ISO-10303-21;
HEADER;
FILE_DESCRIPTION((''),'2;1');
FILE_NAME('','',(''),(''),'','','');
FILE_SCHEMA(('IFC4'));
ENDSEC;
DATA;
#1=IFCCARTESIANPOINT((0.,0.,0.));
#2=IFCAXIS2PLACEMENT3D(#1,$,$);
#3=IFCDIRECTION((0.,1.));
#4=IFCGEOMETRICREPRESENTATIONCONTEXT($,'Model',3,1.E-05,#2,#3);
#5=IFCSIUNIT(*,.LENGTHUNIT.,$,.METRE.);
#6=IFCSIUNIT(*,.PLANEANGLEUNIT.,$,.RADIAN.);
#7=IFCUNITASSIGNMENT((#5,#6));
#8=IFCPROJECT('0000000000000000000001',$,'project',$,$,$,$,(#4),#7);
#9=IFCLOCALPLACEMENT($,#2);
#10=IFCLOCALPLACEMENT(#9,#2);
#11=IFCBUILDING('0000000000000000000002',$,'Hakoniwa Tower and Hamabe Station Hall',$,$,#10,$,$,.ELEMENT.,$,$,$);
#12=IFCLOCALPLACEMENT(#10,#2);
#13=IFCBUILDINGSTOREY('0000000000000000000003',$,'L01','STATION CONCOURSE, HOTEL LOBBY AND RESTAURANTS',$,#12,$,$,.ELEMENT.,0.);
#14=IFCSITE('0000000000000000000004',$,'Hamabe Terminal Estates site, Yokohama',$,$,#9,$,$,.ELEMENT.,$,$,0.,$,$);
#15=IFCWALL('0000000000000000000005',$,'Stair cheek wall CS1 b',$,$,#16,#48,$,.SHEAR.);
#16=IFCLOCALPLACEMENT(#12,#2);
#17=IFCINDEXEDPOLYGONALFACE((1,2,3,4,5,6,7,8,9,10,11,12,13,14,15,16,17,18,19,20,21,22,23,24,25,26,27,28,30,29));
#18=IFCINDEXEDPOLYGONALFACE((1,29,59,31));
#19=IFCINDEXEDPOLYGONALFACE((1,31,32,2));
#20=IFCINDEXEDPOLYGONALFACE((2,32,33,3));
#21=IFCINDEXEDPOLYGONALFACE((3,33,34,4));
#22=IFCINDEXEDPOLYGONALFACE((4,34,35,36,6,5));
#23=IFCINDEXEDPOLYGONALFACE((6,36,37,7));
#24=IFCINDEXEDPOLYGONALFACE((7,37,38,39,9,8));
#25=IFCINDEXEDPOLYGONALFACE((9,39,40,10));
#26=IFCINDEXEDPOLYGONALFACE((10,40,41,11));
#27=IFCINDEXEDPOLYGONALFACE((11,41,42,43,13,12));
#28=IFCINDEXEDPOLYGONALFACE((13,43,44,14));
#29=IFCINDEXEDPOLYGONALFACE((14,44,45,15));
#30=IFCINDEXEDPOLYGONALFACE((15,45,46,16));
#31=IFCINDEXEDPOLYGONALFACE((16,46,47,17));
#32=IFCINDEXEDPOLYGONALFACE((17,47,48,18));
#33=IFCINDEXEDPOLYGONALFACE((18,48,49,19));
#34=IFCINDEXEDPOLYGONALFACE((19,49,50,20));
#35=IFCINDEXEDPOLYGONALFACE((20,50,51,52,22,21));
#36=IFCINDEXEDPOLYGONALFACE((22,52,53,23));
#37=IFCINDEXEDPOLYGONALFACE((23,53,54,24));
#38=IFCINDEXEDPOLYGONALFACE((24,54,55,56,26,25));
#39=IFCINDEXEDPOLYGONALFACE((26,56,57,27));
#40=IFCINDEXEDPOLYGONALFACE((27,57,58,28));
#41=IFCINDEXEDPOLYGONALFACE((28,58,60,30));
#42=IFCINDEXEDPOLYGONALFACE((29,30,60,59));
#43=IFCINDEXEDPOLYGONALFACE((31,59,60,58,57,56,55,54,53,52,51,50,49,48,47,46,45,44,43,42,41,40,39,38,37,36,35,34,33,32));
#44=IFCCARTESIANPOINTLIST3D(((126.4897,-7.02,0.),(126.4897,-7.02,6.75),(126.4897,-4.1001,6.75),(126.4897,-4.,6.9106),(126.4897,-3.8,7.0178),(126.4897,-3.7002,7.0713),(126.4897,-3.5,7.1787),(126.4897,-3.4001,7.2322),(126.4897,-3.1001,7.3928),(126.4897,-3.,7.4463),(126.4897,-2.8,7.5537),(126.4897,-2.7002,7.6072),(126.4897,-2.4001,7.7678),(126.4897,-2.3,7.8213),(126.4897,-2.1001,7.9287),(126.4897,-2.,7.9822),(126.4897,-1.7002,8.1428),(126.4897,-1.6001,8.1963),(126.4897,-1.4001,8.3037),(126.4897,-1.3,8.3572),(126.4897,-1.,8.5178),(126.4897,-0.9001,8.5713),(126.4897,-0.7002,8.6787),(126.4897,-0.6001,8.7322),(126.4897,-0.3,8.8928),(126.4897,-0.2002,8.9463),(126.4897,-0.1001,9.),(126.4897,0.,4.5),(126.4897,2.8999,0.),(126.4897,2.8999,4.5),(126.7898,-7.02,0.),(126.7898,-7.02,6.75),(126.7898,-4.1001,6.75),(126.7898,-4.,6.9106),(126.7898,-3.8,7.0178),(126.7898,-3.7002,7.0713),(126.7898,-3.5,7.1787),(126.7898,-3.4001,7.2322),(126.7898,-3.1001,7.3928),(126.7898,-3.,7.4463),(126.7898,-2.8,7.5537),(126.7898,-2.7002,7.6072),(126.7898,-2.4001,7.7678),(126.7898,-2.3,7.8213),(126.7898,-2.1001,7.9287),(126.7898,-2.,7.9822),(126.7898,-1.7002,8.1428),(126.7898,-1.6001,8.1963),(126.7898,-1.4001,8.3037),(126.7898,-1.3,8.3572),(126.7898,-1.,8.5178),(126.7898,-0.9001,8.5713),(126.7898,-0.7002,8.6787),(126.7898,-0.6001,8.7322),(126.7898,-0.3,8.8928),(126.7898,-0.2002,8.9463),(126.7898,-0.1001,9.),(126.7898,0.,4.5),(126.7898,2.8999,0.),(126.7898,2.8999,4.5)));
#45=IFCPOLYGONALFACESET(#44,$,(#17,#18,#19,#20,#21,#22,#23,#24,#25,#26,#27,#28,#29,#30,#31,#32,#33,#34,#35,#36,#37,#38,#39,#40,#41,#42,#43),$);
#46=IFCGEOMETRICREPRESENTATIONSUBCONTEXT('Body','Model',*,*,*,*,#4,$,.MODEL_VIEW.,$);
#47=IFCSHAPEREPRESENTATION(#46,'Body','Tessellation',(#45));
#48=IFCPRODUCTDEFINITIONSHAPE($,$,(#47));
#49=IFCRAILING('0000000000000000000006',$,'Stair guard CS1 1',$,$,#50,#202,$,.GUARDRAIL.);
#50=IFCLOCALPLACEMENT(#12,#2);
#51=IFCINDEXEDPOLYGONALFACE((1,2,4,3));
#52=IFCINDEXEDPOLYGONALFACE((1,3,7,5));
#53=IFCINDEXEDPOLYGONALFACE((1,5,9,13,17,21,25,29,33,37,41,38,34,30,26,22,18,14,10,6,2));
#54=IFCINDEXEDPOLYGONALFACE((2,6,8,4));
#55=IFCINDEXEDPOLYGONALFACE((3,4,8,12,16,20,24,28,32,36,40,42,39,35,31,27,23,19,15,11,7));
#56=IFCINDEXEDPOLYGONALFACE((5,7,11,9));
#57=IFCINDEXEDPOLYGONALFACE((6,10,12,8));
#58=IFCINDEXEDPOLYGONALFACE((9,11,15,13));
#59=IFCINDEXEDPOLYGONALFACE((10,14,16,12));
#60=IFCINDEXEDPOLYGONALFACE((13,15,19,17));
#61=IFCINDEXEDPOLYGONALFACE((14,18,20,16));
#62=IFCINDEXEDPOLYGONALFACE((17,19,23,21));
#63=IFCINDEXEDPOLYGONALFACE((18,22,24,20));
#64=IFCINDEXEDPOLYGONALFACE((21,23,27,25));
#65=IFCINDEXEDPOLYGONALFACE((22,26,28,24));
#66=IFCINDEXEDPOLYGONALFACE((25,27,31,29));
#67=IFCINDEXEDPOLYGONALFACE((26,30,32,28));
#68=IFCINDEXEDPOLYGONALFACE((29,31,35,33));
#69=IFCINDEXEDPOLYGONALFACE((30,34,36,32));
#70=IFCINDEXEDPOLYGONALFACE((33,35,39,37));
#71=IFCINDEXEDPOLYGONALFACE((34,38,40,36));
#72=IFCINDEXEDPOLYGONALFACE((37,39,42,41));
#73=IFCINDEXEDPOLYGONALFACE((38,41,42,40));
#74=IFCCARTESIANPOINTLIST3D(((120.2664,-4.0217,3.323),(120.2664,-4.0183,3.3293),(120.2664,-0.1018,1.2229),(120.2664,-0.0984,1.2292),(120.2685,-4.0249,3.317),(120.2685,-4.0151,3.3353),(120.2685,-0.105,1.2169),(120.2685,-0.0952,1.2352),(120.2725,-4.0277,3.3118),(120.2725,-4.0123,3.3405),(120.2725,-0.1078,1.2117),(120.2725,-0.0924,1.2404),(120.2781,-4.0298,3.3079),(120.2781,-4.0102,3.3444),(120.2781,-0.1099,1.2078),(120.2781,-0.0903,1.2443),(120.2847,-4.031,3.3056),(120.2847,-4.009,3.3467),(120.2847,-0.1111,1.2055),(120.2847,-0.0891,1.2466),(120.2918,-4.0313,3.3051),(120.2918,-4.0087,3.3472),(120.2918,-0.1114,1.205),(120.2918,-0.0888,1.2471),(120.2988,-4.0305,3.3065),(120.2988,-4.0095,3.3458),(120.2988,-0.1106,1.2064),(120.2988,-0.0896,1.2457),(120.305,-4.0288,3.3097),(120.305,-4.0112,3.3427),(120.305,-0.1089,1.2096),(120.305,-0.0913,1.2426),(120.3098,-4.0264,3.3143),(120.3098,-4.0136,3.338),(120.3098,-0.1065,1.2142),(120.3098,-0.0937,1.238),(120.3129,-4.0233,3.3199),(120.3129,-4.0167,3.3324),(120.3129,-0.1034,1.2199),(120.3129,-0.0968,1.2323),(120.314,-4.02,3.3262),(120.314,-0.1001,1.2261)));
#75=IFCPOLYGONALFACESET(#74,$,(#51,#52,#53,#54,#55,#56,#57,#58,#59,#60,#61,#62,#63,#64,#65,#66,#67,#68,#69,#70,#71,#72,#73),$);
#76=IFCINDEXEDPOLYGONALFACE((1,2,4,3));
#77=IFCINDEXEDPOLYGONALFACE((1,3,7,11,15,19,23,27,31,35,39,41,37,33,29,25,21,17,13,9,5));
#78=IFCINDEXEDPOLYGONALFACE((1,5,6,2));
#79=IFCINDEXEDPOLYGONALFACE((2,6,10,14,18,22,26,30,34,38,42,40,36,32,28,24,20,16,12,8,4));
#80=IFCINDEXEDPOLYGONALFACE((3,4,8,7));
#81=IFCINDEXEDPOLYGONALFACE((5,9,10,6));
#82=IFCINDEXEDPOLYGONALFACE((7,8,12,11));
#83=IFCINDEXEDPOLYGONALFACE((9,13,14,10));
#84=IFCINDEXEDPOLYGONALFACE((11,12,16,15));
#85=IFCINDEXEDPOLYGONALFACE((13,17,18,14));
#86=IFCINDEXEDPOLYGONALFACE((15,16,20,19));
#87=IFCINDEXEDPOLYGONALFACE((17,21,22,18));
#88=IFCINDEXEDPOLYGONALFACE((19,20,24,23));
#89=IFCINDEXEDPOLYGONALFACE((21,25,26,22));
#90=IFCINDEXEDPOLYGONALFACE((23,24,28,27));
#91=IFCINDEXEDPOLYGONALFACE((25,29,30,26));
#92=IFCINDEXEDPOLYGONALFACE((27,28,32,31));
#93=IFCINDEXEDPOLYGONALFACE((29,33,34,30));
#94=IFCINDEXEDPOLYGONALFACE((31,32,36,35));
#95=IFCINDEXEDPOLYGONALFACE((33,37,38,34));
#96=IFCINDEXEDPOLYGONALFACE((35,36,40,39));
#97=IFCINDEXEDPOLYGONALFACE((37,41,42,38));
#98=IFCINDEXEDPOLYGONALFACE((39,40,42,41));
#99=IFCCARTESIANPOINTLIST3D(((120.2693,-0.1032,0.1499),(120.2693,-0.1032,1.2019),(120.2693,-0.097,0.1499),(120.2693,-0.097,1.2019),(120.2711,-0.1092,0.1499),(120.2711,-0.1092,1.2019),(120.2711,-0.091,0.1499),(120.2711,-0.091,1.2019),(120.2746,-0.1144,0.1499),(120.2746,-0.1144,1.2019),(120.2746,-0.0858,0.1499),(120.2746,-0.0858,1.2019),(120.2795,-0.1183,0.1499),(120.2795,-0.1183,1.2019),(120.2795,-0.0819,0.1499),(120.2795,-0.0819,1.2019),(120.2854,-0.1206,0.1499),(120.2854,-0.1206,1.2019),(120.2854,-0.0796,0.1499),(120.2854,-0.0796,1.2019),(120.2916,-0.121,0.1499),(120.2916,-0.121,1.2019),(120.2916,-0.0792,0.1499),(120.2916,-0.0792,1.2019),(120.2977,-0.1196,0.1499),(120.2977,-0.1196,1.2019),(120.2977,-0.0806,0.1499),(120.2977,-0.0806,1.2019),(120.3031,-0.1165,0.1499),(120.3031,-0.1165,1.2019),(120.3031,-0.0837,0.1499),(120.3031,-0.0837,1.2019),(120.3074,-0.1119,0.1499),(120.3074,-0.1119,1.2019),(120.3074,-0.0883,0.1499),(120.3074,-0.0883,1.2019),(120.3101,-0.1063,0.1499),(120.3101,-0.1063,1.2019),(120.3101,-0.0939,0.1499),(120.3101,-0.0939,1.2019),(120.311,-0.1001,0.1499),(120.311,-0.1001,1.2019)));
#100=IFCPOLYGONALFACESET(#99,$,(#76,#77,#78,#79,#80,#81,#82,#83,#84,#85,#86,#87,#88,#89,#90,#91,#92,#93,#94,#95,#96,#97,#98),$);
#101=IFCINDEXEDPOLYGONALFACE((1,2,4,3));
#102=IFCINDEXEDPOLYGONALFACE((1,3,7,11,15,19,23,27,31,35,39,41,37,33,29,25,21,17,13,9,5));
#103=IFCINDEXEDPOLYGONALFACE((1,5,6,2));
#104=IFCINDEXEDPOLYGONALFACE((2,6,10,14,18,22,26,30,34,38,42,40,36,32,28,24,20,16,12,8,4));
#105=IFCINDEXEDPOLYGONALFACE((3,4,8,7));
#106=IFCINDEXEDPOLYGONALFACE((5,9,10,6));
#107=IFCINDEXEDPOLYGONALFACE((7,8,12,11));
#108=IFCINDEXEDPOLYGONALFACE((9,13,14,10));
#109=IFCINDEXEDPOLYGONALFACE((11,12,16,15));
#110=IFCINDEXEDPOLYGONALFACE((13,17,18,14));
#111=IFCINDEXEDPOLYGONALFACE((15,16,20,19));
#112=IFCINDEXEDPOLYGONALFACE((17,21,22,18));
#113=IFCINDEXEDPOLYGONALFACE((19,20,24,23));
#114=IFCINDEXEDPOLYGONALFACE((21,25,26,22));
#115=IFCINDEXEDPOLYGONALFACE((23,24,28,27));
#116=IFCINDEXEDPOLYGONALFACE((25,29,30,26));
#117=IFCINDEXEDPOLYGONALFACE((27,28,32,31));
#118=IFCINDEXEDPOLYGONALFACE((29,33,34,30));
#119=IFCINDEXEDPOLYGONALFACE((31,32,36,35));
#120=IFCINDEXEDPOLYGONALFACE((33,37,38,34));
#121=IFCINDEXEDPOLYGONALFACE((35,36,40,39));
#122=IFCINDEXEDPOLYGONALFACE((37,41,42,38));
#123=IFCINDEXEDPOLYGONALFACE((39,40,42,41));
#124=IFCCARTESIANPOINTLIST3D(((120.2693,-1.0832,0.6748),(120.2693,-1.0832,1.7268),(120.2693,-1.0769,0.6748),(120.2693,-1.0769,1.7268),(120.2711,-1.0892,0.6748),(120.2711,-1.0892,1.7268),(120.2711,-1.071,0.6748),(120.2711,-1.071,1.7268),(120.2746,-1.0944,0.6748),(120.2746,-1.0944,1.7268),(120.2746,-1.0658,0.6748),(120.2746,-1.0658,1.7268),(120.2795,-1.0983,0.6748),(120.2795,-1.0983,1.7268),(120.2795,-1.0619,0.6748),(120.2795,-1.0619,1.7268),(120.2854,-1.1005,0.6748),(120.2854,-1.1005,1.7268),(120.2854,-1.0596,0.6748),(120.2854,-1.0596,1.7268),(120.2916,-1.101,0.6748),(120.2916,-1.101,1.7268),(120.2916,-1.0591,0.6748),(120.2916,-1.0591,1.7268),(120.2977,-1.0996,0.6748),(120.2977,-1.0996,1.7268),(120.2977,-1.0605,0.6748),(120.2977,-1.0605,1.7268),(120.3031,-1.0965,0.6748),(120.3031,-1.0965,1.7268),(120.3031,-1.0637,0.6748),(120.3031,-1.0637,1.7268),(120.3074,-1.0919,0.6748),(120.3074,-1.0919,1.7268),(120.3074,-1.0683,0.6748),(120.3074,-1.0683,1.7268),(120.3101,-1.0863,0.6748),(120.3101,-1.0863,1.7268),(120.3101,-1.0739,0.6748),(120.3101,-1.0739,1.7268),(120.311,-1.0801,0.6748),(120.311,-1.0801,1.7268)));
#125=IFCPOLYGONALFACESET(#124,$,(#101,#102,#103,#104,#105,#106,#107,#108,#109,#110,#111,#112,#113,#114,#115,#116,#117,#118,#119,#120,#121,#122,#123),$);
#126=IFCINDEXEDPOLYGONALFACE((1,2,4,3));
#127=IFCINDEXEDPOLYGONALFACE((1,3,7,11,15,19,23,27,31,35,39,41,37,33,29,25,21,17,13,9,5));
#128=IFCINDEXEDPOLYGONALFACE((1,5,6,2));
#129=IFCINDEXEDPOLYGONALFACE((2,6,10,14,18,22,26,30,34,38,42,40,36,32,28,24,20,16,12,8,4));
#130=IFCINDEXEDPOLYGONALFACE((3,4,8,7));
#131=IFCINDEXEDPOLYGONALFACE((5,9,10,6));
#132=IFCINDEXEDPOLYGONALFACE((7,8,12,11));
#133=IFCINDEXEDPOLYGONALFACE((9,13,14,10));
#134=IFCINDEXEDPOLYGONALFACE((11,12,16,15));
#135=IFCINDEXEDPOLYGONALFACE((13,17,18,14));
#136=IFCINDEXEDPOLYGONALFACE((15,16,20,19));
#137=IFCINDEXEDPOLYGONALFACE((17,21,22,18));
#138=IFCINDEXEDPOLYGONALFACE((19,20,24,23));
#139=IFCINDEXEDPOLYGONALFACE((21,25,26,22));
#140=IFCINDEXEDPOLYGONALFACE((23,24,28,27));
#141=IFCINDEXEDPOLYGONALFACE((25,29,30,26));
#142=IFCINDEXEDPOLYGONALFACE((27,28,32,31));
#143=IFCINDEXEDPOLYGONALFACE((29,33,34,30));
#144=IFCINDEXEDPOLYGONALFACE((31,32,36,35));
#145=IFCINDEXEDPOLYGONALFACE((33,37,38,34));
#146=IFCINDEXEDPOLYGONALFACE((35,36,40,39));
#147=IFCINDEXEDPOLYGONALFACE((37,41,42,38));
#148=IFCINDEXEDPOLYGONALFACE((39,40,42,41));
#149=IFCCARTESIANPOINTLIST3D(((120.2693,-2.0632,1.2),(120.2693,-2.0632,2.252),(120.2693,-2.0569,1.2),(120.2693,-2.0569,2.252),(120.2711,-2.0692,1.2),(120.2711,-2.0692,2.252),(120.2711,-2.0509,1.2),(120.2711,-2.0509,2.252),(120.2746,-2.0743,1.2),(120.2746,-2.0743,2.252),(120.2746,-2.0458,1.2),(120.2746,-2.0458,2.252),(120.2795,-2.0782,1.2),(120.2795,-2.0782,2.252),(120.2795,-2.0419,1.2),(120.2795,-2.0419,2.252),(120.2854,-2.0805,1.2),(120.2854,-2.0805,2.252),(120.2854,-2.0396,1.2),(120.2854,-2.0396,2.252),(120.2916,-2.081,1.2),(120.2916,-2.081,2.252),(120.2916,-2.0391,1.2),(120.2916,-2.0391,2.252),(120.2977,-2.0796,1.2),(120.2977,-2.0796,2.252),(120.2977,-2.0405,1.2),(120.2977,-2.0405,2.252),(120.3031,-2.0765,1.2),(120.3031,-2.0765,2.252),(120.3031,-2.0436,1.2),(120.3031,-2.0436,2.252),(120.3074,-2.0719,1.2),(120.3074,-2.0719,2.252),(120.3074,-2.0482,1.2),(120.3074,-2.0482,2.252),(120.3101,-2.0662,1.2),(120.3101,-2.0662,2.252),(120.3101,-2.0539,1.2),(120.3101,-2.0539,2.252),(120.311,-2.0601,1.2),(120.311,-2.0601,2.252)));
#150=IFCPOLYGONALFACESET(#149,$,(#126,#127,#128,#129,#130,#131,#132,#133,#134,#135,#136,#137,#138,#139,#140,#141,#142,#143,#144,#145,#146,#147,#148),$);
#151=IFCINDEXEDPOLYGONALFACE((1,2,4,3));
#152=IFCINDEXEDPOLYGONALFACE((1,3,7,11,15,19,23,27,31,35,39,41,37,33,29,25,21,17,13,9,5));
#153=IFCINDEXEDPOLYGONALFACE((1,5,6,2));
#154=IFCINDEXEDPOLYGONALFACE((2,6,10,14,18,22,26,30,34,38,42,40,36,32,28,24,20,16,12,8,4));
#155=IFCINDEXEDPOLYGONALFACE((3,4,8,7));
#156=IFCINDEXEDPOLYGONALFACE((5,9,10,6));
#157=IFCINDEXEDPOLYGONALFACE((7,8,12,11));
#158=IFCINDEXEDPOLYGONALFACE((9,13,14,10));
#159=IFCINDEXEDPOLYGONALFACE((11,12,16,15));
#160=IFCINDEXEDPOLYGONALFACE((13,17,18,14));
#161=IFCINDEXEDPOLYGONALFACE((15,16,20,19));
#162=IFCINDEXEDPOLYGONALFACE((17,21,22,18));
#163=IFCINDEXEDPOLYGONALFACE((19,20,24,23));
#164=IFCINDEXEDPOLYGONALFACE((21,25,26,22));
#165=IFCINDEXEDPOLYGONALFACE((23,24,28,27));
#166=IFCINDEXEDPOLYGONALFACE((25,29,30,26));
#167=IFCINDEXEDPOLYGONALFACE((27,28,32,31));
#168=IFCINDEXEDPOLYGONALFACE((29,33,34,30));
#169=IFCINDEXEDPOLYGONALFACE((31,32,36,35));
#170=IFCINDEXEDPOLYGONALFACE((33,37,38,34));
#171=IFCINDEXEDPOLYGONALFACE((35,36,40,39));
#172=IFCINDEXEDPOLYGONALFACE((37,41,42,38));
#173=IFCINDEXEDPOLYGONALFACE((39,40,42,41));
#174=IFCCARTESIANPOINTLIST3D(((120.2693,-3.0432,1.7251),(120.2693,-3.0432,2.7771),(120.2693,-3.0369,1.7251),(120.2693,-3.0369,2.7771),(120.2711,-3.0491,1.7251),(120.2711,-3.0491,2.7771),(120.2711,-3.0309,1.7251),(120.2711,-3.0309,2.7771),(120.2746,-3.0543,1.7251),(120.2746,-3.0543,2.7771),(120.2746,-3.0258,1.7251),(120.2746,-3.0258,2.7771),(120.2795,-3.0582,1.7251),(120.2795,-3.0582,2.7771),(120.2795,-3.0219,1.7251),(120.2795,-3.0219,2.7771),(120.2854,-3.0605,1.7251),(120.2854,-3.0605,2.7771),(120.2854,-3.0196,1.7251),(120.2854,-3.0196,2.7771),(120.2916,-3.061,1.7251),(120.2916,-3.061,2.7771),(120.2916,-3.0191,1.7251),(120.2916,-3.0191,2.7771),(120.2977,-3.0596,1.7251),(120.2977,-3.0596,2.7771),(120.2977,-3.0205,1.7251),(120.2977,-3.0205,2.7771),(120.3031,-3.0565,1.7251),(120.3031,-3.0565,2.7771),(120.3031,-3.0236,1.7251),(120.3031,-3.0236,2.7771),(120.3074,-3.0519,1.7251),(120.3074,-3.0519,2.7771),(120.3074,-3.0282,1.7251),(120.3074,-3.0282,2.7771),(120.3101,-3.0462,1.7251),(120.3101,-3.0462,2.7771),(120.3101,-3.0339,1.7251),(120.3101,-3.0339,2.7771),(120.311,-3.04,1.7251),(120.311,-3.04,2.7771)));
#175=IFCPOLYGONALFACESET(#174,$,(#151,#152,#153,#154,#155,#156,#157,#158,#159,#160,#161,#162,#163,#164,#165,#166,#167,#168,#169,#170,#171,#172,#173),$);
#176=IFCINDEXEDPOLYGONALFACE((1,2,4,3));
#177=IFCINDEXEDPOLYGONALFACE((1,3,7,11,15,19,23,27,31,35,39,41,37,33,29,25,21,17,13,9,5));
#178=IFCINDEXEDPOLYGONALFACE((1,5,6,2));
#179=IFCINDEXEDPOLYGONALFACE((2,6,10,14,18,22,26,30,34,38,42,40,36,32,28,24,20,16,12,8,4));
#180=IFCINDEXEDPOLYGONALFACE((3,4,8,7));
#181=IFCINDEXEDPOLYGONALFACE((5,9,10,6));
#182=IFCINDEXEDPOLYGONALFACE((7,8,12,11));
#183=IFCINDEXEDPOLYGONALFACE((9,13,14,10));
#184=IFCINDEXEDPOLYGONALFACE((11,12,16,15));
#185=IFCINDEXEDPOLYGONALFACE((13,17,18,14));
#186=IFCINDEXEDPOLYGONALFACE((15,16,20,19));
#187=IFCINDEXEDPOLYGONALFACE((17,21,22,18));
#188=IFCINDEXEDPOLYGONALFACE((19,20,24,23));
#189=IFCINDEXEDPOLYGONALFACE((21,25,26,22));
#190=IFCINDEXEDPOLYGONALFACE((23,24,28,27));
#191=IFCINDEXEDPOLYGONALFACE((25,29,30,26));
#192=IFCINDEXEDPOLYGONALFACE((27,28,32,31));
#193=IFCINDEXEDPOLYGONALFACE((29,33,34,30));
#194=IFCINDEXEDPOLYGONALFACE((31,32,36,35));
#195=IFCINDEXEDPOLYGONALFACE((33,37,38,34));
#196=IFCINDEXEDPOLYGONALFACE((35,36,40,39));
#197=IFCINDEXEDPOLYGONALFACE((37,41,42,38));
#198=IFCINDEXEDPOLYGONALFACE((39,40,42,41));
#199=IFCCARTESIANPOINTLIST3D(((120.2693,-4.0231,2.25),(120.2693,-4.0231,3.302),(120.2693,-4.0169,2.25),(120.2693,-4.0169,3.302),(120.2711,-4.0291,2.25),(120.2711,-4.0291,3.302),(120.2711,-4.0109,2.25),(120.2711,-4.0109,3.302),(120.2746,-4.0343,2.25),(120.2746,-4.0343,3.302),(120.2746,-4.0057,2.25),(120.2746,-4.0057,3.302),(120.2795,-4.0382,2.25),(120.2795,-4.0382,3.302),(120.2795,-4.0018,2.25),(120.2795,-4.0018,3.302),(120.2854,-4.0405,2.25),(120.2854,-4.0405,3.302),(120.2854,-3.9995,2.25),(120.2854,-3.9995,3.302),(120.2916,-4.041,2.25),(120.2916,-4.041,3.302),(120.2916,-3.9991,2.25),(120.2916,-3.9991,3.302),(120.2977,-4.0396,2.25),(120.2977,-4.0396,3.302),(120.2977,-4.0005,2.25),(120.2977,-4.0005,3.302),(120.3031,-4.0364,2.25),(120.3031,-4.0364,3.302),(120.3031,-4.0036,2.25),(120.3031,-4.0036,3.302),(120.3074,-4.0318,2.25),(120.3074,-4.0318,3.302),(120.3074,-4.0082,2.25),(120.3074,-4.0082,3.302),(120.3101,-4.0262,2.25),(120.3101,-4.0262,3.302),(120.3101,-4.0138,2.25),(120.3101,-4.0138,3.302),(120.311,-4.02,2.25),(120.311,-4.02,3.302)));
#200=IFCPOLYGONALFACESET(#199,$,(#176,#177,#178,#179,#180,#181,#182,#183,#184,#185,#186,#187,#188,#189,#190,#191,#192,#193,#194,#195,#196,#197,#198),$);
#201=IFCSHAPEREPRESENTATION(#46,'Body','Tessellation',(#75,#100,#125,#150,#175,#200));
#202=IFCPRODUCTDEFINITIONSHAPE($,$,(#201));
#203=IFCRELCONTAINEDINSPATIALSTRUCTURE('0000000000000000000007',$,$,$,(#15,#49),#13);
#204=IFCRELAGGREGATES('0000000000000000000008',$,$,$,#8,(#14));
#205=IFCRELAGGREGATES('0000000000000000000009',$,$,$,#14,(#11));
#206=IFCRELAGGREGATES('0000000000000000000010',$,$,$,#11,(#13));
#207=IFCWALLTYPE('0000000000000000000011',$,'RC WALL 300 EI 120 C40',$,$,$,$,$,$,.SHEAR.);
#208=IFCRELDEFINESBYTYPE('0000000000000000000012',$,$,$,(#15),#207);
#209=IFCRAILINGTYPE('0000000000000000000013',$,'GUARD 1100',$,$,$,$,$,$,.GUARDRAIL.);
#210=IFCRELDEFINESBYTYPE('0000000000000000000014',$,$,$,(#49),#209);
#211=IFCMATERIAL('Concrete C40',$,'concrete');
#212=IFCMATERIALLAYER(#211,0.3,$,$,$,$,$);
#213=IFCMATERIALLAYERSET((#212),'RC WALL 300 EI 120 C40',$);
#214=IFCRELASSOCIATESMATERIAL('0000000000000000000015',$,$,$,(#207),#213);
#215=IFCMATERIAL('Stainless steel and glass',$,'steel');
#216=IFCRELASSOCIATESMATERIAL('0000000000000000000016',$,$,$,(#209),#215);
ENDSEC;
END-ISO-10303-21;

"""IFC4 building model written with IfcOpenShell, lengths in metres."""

from ifc_helpers import new_model, si_unit, direction, frame, origin, origin_2d, place, context, subcontext, project, spatial, polyline, circle, outline, extrude, material, layer, layer_set, type_object, element, save


model = new_model("IFC4")

# Units and contexts
model_context = context("Model", 3, precision=1e-05, world=origin(), true_north=direction((0.0, 1.0)))
body_context = subcontext(model_context, "Body", "Model", "MODEL_VIEW")
ifc_project = project(units=[si_unit("LENGTHUNIT", "METRE"), si_unit("PLANEANGLEUNIT", "RADIAN")], contexts=[model_context])

# Site, building, storey
site_placement = place(None, origin())
site = spatial("IfcSite", under=ifc_project, at=site_placement, Name="Hamabe Terminal Estates site, Yokohama", CompositionType="ELEMENT", RefElevation=0.0)
building_placement = place(site_placement, origin())
building = spatial("IfcBuilding", under=site, at=building_placement, Name="Hakoniwa Tower and Hamabe Station Hall", CompositionType="ELEMENT")
storey_placement = place(building_placement, origin())
storey = spatial("IfcBuildingStorey", under=building, at=storey_placement, Name="L01", Description="STATION CONCOURSE, HOTEL LOBBY AND RESTAURANTS", CompositionType="ELEMENT", Elevation=0.0)

# Wall
ifc_material_1 = material(Name="Concrete C40", Category="concrete")
ifc_layer_1 = layer(ifc_material_1, 0.3)
ifc_layer_set_1 = layer_set([ifc_layer_1], Name="RC WALL 300 EI 120 C40")
wall_type = type_object("IfcWallType", Name="RC WALL 300 EI 120 C40", PredefinedType="SHEAR", material=ifc_layer_set_1)
wall_1_placement = place(storey_placement, frame((126.6399, 2.8999, 0.0), z_axis=(0.0, 0.0, 1.0), x_axis=(0.0, -1.0, 0.0)))
element("IfcWall", 1, at=wall_1_placement, inside=storey, type_object=wall_type, Name="Stair cheek wall CS1 b", PredefinedType="SHEAR", context=body_context, shape_type="SweptSolid", body=[
    extrude(outline(polyline([(0.0, 0.0), (9.9199, 0.0), (9.9199, 6.75), (7.0, 6.75), (6.8999, 6.9106), (6.7, 7.0178), (6.6001, 7.0713), (6.3999, 7.1787), (6.3, 7.2322), (6.0, 7.3928), (5.8999, 7.4463), (5.7, 7.5537), (5.6001, 7.6072), (5.3, 7.7678), (5.2, 7.8213), (5.0, 7.9287), (4.8999, 7.9822), (4.6001, 8.1428), (4.5, 8.1963), (4.3, 8.3037), (4.2, 8.3572), (3.8999, 8.5178), (3.8, 8.5713), (3.6001, 8.6787), (3.5, 8.7322), (3.2, 8.8928), (3.1001, 8.9463), (3.0, 9.0), (2.8999, 4.5), (0.0, 4.5), (0.0, 0.0)])), frame((0.0, 0.1499, 0.0), z_axis=(0.0, -1.0, 0.0), x_axis=(1.0, 0.0, 0.0)), (0.0, 0.0, 1.0), 0.3),
])

# Railing
ifc_material_2 = material(Name="Stainless steel and glass", Category="steel")
railing_type_1 = type_object("IfcRailingType", Name="GUARD 1100", PredefinedType="GUARDRAIL", material=ifc_material_2)
for number, where, name in (
    (2, (120.29, -0.1001, 0.1499), "Stair guard CS1 1"),
):
    element("IfcRailing", number, at=place(storey_placement, frame(where)), inside=storey, type_object=railing_type_1, Name=name, PredefinedType="GUARDRAIL", context=body_context, shape_type="SweptSolid", body=[
        extrude(circle(Radius=0.0239, at=origin_2d()), frame((0.0, 0.0, 1.0762), z_axis=(0.0, -0.881467, 0.472246), x_axis=(1.0, 0.0, 0.0)), (0.0, 0.0, 1.0), 4.447),
        extrude(circle(Radius=0.021, at=origin_2d()), origin(), (0.0, 0.0, 1.0), 1.052),
        extrude(circle(Radius=0.021, at=origin_2d()), frame((0.0, -0.98, 0.5249)), (0.0, 0.0, 1.0), 1.052),
        extrude(circle(Radius=0.021, at=origin_2d()), frame((0.0, -1.96, 1.05)), (0.0, 0.0, 1.0), 1.052),
        extrude(circle(Radius=0.021, at=origin_2d()), frame((0.0, -2.9399, 1.5752)), (0.0, 0.0, 1.0), 1.052),
        extrude(circle(Radius=0.021, at=origin_2d()), frame((0.0, -3.9199, 2.1001)), (0.0, 0.0, 1.0), 1.052),
    ])

save(model, "model.ifc")
